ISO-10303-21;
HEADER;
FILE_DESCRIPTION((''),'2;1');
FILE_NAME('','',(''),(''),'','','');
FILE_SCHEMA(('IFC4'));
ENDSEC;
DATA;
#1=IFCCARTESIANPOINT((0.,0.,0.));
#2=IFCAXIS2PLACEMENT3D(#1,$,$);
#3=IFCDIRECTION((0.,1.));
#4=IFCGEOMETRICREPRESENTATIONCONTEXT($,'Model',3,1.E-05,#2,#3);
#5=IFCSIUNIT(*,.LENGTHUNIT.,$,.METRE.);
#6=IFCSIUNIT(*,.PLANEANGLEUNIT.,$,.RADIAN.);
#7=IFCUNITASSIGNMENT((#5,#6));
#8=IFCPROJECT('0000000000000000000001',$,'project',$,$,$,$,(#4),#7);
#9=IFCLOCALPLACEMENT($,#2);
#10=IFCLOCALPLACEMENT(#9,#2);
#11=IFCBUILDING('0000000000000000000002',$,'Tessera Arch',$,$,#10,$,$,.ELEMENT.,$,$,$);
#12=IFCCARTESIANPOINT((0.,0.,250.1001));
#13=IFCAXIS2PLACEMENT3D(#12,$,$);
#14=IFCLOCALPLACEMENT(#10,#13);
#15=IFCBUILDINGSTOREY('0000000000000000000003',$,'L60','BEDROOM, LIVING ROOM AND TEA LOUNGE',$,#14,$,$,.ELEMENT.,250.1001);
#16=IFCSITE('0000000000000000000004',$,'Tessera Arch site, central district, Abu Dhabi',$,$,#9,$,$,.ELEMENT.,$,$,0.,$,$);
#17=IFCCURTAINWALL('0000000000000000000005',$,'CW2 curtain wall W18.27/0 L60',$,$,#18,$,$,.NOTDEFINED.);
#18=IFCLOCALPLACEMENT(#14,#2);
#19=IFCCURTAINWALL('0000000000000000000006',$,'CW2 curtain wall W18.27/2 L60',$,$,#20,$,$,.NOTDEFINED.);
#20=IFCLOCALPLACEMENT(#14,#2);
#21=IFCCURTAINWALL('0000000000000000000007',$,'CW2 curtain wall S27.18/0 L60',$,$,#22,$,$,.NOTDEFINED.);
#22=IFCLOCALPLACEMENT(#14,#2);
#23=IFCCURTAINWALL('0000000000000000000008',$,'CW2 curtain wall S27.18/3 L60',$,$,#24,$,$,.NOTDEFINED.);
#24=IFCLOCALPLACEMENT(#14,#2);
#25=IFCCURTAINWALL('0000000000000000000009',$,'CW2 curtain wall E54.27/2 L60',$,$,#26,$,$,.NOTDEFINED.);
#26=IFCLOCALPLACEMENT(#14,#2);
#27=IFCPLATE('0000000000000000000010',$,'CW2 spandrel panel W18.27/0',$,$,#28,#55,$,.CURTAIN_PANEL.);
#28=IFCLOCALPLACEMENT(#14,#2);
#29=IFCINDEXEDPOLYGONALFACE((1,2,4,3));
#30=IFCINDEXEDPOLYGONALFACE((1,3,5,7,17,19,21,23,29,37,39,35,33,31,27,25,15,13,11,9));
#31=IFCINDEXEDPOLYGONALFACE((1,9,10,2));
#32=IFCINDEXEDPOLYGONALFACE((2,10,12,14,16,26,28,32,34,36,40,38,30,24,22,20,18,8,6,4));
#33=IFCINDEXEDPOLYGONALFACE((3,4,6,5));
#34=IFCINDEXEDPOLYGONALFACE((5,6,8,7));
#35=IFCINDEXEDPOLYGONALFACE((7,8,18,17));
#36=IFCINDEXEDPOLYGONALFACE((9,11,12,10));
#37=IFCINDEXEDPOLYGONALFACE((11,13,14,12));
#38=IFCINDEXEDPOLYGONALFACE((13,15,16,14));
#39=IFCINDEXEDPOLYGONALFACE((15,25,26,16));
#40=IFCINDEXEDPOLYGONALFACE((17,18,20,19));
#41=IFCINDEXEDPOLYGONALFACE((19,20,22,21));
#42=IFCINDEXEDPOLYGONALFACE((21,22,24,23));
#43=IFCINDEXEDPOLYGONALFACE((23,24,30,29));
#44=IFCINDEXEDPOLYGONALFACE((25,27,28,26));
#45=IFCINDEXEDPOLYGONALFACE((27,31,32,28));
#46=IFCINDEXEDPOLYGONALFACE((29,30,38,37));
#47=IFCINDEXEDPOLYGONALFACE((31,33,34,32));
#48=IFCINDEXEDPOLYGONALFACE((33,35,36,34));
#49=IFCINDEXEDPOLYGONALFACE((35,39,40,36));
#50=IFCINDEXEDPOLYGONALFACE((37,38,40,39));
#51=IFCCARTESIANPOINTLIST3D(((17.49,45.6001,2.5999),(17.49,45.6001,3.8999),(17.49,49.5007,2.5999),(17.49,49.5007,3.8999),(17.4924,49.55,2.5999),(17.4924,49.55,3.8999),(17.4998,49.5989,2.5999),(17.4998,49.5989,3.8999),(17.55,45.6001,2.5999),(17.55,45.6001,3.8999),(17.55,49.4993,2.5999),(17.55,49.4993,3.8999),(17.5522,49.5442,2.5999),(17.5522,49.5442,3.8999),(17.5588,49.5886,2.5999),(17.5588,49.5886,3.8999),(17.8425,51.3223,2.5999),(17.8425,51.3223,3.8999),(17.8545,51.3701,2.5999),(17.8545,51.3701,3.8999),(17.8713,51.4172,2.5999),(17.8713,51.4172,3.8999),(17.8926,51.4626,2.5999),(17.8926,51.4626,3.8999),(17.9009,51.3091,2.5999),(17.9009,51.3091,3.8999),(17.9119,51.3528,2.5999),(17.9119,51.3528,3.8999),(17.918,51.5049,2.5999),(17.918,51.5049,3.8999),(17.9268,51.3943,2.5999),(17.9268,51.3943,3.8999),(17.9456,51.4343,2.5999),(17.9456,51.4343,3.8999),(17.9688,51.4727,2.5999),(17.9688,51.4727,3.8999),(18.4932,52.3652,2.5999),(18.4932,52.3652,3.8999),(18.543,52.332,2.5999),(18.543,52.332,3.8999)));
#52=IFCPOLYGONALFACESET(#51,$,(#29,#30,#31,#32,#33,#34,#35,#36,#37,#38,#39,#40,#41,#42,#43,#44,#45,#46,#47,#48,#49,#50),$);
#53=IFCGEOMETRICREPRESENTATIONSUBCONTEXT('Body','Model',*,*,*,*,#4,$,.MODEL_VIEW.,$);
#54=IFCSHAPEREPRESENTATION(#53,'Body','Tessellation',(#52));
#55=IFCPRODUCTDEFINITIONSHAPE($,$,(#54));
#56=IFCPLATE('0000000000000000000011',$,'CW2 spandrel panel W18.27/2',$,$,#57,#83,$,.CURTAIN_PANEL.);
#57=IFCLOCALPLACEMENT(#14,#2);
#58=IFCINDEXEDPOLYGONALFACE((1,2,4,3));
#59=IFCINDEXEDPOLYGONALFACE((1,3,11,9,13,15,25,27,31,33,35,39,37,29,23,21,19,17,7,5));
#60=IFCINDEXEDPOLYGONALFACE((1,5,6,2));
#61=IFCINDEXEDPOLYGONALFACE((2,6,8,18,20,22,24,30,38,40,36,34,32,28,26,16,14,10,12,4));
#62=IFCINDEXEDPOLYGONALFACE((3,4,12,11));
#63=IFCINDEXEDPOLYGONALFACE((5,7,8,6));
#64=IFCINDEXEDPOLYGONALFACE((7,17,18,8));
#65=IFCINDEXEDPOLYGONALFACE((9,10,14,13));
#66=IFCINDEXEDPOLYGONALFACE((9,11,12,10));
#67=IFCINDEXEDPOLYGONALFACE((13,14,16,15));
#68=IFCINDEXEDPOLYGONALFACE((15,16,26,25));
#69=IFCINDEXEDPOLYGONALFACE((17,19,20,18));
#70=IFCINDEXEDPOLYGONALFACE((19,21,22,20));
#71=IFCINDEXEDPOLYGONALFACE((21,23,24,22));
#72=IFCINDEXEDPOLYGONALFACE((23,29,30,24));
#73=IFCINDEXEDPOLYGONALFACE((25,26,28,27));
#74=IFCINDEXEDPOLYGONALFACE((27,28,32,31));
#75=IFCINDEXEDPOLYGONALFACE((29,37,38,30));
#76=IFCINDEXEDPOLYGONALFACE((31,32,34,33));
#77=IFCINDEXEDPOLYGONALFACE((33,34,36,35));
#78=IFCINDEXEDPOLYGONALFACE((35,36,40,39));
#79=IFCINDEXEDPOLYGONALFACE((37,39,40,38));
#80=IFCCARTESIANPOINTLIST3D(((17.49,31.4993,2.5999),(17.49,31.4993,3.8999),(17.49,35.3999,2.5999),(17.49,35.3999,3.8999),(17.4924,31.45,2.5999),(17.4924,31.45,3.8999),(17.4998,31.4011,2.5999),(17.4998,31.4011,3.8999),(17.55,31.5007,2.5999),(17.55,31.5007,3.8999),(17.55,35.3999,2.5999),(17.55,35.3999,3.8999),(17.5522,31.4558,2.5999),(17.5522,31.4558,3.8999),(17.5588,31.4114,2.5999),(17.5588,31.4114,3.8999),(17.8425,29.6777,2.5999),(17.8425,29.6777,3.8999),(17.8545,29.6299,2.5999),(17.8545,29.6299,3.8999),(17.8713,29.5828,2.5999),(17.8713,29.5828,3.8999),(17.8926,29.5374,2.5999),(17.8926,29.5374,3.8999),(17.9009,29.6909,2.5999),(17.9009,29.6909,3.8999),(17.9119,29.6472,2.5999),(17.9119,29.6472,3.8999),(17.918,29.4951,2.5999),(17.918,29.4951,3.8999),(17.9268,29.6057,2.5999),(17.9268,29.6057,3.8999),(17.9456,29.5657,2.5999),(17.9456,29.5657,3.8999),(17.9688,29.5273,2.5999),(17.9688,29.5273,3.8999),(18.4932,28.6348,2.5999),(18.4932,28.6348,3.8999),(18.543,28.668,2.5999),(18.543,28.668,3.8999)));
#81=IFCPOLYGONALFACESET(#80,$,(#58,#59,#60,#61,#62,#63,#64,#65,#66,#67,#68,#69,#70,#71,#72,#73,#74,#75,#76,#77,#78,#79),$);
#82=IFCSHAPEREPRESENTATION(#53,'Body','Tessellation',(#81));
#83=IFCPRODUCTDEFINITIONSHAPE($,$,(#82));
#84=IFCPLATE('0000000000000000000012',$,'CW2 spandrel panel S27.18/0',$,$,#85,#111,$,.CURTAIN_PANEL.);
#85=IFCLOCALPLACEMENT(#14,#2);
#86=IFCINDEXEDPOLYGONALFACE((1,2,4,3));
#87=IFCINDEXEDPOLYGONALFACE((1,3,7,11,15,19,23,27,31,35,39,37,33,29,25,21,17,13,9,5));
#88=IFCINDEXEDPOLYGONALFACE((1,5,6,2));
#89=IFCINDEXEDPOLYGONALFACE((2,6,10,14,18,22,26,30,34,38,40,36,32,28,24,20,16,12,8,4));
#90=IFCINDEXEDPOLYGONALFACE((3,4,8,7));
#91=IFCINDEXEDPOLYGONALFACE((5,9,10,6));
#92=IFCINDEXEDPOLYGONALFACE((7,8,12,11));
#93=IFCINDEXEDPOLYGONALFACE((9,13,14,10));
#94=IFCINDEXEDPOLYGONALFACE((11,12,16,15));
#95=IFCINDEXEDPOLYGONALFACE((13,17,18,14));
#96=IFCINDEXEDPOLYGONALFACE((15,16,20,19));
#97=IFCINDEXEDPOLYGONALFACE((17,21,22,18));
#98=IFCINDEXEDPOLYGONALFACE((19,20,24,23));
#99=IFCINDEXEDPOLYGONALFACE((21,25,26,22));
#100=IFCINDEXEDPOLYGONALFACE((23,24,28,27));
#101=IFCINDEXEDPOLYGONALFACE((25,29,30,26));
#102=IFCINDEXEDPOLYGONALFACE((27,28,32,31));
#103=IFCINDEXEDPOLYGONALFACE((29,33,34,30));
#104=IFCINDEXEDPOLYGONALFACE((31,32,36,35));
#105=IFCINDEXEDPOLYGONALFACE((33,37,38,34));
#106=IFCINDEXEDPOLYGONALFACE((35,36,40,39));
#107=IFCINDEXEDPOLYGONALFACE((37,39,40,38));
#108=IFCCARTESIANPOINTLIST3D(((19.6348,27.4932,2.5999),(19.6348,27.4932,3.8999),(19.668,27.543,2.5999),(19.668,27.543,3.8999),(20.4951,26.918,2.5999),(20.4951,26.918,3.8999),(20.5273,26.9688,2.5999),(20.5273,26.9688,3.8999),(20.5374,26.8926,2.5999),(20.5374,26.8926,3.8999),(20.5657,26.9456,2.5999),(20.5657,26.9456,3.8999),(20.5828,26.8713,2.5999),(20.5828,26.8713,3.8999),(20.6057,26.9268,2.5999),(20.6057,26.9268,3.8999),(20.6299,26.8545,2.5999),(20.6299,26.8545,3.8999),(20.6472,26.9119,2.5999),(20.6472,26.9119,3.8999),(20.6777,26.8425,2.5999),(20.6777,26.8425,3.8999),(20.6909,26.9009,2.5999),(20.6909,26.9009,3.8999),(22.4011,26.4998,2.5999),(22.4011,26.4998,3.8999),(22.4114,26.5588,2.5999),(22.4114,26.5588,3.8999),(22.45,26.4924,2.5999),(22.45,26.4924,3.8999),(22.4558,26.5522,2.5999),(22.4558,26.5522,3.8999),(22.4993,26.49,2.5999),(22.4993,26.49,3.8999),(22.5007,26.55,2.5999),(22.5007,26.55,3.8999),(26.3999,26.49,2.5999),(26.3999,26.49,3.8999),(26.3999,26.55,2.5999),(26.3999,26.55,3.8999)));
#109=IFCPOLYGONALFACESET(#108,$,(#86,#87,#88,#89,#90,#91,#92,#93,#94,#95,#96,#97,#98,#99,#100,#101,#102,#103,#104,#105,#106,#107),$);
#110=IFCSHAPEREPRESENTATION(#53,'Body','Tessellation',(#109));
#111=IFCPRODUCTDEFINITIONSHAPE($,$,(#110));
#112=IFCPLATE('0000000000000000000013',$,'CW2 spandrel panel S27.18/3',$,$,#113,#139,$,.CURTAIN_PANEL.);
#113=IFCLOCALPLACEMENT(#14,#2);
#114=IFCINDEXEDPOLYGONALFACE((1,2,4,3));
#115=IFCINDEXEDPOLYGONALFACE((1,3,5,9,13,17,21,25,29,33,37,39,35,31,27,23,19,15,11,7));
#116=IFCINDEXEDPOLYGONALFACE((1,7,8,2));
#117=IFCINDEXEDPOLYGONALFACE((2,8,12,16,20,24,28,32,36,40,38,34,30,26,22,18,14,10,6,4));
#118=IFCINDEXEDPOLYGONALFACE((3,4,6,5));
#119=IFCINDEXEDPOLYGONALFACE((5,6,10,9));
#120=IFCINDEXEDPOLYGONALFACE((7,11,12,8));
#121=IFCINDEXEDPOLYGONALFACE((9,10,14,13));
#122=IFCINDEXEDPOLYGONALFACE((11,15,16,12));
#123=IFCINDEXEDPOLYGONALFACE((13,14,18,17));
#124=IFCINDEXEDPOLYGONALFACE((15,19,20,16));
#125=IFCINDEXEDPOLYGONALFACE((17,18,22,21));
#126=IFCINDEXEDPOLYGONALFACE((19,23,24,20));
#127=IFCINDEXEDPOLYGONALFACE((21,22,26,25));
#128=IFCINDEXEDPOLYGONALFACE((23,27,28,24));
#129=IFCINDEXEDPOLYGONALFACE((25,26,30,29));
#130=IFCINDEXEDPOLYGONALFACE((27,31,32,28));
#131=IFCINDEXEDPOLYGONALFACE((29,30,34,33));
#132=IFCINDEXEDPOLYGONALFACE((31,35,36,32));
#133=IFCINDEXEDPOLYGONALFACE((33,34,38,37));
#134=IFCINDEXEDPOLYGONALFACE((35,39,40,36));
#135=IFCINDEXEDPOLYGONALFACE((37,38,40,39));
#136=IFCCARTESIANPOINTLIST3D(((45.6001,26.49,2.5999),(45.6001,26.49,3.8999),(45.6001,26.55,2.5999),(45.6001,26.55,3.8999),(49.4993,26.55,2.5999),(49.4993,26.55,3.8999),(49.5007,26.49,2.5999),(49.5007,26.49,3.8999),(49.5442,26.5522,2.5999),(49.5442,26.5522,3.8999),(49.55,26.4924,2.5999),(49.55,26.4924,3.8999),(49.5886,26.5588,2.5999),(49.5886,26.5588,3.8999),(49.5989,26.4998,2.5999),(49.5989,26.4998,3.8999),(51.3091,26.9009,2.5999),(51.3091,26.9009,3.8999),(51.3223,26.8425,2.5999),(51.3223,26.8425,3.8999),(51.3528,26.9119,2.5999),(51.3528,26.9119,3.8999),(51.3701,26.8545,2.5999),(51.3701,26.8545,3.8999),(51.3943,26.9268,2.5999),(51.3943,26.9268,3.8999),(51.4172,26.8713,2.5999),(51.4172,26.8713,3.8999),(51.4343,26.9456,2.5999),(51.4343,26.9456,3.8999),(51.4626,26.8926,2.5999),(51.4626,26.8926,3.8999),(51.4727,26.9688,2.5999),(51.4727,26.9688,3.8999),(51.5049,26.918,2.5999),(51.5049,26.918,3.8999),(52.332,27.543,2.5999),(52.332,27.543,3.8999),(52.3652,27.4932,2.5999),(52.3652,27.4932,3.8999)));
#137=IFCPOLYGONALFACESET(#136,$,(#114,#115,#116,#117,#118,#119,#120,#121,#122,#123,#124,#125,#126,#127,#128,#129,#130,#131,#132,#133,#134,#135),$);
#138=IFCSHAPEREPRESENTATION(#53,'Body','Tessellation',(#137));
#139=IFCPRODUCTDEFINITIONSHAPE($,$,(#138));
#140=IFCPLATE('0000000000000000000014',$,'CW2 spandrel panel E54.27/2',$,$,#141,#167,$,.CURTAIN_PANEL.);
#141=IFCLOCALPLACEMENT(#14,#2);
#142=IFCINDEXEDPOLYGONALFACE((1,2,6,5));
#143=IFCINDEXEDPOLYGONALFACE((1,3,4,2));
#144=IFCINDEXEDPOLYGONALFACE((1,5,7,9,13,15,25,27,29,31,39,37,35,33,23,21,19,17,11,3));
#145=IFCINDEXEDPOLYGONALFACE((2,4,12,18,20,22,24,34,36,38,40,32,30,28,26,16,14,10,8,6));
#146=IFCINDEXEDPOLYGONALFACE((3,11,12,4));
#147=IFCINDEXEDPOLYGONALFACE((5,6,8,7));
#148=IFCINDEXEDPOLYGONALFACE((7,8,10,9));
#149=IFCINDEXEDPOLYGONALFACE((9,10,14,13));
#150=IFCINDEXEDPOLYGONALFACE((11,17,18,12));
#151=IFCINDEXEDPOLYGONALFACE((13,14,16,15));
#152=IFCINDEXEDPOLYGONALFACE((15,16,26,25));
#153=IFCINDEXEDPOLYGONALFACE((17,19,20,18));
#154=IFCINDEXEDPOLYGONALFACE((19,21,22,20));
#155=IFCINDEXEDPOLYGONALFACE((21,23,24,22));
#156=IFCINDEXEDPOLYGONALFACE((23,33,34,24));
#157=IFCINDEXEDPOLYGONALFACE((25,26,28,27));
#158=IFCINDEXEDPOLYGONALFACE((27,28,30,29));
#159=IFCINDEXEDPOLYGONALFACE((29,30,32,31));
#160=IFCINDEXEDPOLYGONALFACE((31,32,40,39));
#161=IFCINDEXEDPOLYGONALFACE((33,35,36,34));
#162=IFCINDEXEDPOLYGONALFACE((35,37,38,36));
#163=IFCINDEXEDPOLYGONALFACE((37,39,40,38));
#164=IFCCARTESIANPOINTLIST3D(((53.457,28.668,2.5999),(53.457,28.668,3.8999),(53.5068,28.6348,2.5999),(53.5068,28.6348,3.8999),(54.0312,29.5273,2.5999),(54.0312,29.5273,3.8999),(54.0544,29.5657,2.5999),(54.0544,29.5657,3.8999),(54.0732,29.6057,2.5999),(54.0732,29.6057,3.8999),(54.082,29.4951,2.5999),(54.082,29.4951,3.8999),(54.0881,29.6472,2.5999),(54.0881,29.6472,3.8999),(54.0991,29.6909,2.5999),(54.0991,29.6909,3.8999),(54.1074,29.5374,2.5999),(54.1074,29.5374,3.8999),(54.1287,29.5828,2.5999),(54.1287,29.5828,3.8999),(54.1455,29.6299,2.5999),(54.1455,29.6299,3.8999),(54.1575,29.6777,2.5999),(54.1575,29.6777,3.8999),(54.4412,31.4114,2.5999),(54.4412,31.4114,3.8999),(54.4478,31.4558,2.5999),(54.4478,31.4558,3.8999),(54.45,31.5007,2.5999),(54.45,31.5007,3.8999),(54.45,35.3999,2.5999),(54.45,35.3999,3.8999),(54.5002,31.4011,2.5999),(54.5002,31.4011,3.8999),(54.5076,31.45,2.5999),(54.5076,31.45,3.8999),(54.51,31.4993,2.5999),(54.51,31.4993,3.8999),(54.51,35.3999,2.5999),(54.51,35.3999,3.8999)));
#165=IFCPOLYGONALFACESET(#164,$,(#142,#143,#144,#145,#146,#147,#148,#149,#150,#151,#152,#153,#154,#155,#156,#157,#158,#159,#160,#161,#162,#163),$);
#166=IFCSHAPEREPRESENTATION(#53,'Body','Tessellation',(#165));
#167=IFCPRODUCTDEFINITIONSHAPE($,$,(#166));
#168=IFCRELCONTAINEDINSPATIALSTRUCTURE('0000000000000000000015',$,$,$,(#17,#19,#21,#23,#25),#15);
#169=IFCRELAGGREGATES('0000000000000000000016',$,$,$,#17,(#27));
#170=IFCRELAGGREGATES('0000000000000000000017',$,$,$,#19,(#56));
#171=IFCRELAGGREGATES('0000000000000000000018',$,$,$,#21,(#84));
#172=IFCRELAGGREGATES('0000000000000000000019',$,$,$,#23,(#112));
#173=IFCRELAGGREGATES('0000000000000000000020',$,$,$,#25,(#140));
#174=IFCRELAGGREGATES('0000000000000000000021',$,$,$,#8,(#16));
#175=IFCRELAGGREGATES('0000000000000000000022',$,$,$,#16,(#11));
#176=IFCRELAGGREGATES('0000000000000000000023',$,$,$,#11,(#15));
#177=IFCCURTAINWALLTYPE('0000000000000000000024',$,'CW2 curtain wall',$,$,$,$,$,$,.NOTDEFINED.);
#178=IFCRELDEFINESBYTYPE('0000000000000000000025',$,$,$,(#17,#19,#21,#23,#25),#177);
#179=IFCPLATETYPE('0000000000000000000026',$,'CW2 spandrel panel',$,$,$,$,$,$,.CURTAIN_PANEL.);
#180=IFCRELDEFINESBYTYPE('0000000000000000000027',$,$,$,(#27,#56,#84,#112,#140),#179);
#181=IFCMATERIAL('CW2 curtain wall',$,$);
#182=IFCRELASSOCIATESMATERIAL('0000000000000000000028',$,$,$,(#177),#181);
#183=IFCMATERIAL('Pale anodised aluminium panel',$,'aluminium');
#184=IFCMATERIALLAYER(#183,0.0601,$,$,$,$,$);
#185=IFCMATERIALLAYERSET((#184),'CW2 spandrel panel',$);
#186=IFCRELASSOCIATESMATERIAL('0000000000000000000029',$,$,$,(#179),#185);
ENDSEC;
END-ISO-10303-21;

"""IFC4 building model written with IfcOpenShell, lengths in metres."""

from ifc_helpers import new_model, si_unit, direction, frame, origin, place, context, subcontext, project, spatial, polyline, outline, extrude, material, layer, layer_set, type_object, element, aggregate, save


model = new_model("IFC4")

# Units and contexts
model_context = context("Model", 3, precision=1e-05, world=origin(), true_north=direction((0.0, 1.0)))
body_context = subcontext(model_context, "Body", "Model", "MODEL_VIEW")
ifc_project = project(units=[si_unit("LENGTHUNIT", "METRE"), si_unit("PLANEANGLEUNIT", "RADIAN")], contexts=[model_context])

# Site, building, storey
site_placement = place(None, origin())
site = spatial("IfcSite", under=ifc_project, at=site_placement, Name="Tessera Arch site, central district, Abu Dhabi", CompositionType="ELEMENT", RefElevation=0.0)
building_placement = place(site_placement, origin())
building = spatial("IfcBuilding", under=site, at=building_placement, Name="Tessera Arch", CompositionType="ELEMENT")
storey_placement = place(building_placement, frame((0.0, 0.0, 250.1001)))
storey = spatial("IfcBuildingStorey", under=building, at=storey_placement, Name="L60", Description="BEDROOM, LIVING ROOM AND TEA LOUNGE", CompositionType="ELEMENT", Elevation=250.1001)

# Curtain walls
ifc_material_1 = material(Name="CW2 curtain wall")
curtain_wall_type = type_object("IfcCurtainWallType", Name="CW2 curtain wall", PredefinedType="NOTDEFINED", material=ifc_material_1)
curtain_wall_1_placement = place(storey_placement, origin())
curtain_wall_1 = element("IfcCurtainWall", 1, at=curtain_wall_1_placement, inside=storey, type_object=curtain_wall_type, Name="CW2 curtain wall W18.27/0 L60", PredefinedType="NOTDEFINED")
curtain_wall_2_placement = place(storey_placement, origin())
curtain_wall_2 = element("IfcCurtainWall", 2, at=curtain_wall_2_placement, inside=storey, type_object=curtain_wall_type, Name="CW2 curtain wall W18.27/2 L60", PredefinedType="NOTDEFINED")
curtain_wall_3_placement = place(storey_placement, origin())
curtain_wall_3 = element("IfcCurtainWall", 3, at=curtain_wall_3_placement, inside=storey, type_object=curtain_wall_type, Name="CW2 curtain wall S27.18/0 L60", PredefinedType="NOTDEFINED")
curtain_wall_4_placement = place(storey_placement, origin())
curtain_wall_4 = element("IfcCurtainWall", 4, at=curtain_wall_4_placement, inside=storey, type_object=curtain_wall_type, Name="CW2 curtain wall S27.18/3 L60", PredefinedType="NOTDEFINED")
curtain_wall_5_placement = place(storey_placement, origin())
curtain_wall_5 = element("IfcCurtainWall", 5, at=curtain_wall_5_placement, inside=storey, type_object=curtain_wall_type, Name="CW2 curtain wall E54.27/2 L60", PredefinedType="NOTDEFINED")

# Plates
ifc_material_2 = material(Name="Pale anodised aluminium panel", Category="aluminium")
ifc_layer_1 = layer(ifc_material_2, 0.0601)
ifc_layer_set_1 = layer_set([ifc_layer_1], Name="CW2 spandrel panel")
plate_type_1 = type_object("IfcPlateType", Name="CW2 spandrel panel", PredefinedType="CURTAIN_PANEL", material=ifc_layer_set_1)
plate_1_placement = place(storey_placement, frame((0.0, 0.0, 2.5999)))
plate_1 = element("IfcPlate", 6, at=plate_1_placement, type_object=plate_type_1, Name="CW2 spandrel panel W18.27/0", PredefinedType="CURTAIN_PANEL", context=body_context, shape_type="SweptSolid", body=[
    extrude(outline(polyline([(17.9688, 51.4727), (18.543, 52.332), (18.4932, 52.3652), (17.918, 51.5049), (17.8926, 51.4626), (17.8713, 51.4172), (17.8545, 51.3701), (17.8425, 51.3223), (17.4998, 49.5989), (17.4924, 49.55), (17.49, 49.5007), (17.49, 45.6001), (17.55, 45.6001), (17.55, 49.4993), (17.5522, 49.5442), (17.5588, 49.5886), (17.9009, 51.3091), (17.9119, 51.3528), (17.9268, 51.3943), (17.9456, 51.4343), (17.9688, 51.4727)])), origin(), (0.0, 0.0, 1.0), 1.3),
])
aggregate(curtain_wall_1, [plate_1])
plate_2_placement = place(storey_placement, frame((0.0, 0.0, 2.5999)))
plate_2 = element("IfcPlate", 7, at=plate_2_placement, type_object=plate_type_1, Name="CW2 spandrel panel W18.27/2", PredefinedType="CURTAIN_PANEL", context=body_context, shape_type="SweptSolid", body=[
    extrude(outline(polyline([(17.55, 31.5007), (17.55, 35.3999), (17.49, 35.3999), (17.49, 31.4993), (17.4924, 31.45), (17.4998, 31.4011), (17.8425, 29.6777), (17.8545, 29.6299), (17.8713, 29.5828), (17.8926, 29.5374), (17.918, 29.4951), (18.4932, 28.6348), (18.543, 28.668), (17.9688, 29.5273), (17.9456, 29.5657), (17.9268, 29.6057), (17.9119, 29.6472), (17.9009, 29.6909), (17.5588, 31.4114), (17.5522, 31.4558), (17.55, 31.5007)])), origin(), (0.0, 0.0, 1.0), 1.3),
])
aggregate(curtain_wall_2, [plate_2])
plate_3_placement = place(storey_placement, frame((0.0, 0.0, 2.5999)))
plate_3 = element("IfcPlate", 8, at=plate_3_placement, type_object=plate_type_1, Name="CW2 spandrel panel S27.18/0", PredefinedType="CURTAIN_PANEL", context=body_context, shape_type="SweptSolid", body=[
    extrude(outline(polyline([(20.5273, 26.9688), (19.668, 27.543), (19.6348, 27.4932), (20.4951, 26.918), (20.5374, 26.8926), (20.5828, 26.8713), (20.6299, 26.8545), (20.6777, 26.8425), (22.4011, 26.4998), (22.45, 26.4924), (22.4993, 26.49), (26.3999, 26.49), (26.3999, 26.55), (22.5007, 26.55), (22.4558, 26.5522), (22.4114, 26.5588), (20.6909, 26.9009), (20.6472, 26.9119), (20.6057, 26.9268), (20.5657, 26.9456), (20.5273, 26.9688)])), origin(), (0.0, 0.0, 1.0), 1.3),
])
aggregate(curtain_wall_3, [plate_3])
plate_4_placement = place(storey_placement, frame((0.0, 0.0, 2.5999)))
plate_4 = element("IfcPlate", 9, at=plate_4_placement, type_object=plate_type_1, Name="CW2 spandrel panel S27.18/3", PredefinedType="CURTAIN_PANEL", context=body_context, shape_type="SweptSolid", body=[
    extrude(outline(polyline([(49.4993, 26.55), (45.6001, 26.55), (45.6001, 26.49), (49.5007, 26.49), (49.55, 26.4924), (49.5989, 26.4998), (51.3223, 26.8425), (51.3701, 26.8545), (51.4172, 26.8713), (51.4626, 26.8926), (51.5049, 26.918), (52.3652, 27.4932), (52.332, 27.543), (51.4727, 26.9688), (51.4343, 26.9456), (51.3943, 26.9268), (51.3528, 26.9119), (51.3091, 26.9009), (49.5886, 26.5588), (49.5442, 26.5522), (49.4993, 26.55)])), origin(), (0.0, 0.0, 1.0), 1.3),
])
aggregate(curtain_wall_4, [plate_4])
plate_5_placement = place(storey_placement, frame((0.0, 0.0, 2.5999)))
plate_5 = element("IfcPlate", 10, at=plate_5_placement, type_object=plate_type_1, Name="CW2 spandrel panel E54.27/2", PredefinedType="CURTAIN_PANEL", context=body_context, shape_type="SweptSolid", body=[
    extrude(outline(polyline([(54.0312, 29.5273), (53.457, 28.668), (53.5068, 28.6348), (54.082, 29.4951), (54.1074, 29.5374), (54.1287, 29.5828), (54.1455, 29.6299), (54.1575, 29.6777), (54.5002, 31.4011), (54.5076, 31.45), (54.51, 31.4993), (54.51, 35.3999), (54.45, 35.3999), (54.45, 31.5007), (54.4478, 31.4558), (54.4412, 31.4114), (54.0991, 29.6909), (54.0881, 29.6472), (54.0732, 29.6057), (54.0544, 29.5657), (54.0312, 29.5273)])), origin(), (0.0, 0.0, 1.0), 1.3),
])
aggregate(curtain_wall_5, [plate_5])

save(model, "model.ifc")
